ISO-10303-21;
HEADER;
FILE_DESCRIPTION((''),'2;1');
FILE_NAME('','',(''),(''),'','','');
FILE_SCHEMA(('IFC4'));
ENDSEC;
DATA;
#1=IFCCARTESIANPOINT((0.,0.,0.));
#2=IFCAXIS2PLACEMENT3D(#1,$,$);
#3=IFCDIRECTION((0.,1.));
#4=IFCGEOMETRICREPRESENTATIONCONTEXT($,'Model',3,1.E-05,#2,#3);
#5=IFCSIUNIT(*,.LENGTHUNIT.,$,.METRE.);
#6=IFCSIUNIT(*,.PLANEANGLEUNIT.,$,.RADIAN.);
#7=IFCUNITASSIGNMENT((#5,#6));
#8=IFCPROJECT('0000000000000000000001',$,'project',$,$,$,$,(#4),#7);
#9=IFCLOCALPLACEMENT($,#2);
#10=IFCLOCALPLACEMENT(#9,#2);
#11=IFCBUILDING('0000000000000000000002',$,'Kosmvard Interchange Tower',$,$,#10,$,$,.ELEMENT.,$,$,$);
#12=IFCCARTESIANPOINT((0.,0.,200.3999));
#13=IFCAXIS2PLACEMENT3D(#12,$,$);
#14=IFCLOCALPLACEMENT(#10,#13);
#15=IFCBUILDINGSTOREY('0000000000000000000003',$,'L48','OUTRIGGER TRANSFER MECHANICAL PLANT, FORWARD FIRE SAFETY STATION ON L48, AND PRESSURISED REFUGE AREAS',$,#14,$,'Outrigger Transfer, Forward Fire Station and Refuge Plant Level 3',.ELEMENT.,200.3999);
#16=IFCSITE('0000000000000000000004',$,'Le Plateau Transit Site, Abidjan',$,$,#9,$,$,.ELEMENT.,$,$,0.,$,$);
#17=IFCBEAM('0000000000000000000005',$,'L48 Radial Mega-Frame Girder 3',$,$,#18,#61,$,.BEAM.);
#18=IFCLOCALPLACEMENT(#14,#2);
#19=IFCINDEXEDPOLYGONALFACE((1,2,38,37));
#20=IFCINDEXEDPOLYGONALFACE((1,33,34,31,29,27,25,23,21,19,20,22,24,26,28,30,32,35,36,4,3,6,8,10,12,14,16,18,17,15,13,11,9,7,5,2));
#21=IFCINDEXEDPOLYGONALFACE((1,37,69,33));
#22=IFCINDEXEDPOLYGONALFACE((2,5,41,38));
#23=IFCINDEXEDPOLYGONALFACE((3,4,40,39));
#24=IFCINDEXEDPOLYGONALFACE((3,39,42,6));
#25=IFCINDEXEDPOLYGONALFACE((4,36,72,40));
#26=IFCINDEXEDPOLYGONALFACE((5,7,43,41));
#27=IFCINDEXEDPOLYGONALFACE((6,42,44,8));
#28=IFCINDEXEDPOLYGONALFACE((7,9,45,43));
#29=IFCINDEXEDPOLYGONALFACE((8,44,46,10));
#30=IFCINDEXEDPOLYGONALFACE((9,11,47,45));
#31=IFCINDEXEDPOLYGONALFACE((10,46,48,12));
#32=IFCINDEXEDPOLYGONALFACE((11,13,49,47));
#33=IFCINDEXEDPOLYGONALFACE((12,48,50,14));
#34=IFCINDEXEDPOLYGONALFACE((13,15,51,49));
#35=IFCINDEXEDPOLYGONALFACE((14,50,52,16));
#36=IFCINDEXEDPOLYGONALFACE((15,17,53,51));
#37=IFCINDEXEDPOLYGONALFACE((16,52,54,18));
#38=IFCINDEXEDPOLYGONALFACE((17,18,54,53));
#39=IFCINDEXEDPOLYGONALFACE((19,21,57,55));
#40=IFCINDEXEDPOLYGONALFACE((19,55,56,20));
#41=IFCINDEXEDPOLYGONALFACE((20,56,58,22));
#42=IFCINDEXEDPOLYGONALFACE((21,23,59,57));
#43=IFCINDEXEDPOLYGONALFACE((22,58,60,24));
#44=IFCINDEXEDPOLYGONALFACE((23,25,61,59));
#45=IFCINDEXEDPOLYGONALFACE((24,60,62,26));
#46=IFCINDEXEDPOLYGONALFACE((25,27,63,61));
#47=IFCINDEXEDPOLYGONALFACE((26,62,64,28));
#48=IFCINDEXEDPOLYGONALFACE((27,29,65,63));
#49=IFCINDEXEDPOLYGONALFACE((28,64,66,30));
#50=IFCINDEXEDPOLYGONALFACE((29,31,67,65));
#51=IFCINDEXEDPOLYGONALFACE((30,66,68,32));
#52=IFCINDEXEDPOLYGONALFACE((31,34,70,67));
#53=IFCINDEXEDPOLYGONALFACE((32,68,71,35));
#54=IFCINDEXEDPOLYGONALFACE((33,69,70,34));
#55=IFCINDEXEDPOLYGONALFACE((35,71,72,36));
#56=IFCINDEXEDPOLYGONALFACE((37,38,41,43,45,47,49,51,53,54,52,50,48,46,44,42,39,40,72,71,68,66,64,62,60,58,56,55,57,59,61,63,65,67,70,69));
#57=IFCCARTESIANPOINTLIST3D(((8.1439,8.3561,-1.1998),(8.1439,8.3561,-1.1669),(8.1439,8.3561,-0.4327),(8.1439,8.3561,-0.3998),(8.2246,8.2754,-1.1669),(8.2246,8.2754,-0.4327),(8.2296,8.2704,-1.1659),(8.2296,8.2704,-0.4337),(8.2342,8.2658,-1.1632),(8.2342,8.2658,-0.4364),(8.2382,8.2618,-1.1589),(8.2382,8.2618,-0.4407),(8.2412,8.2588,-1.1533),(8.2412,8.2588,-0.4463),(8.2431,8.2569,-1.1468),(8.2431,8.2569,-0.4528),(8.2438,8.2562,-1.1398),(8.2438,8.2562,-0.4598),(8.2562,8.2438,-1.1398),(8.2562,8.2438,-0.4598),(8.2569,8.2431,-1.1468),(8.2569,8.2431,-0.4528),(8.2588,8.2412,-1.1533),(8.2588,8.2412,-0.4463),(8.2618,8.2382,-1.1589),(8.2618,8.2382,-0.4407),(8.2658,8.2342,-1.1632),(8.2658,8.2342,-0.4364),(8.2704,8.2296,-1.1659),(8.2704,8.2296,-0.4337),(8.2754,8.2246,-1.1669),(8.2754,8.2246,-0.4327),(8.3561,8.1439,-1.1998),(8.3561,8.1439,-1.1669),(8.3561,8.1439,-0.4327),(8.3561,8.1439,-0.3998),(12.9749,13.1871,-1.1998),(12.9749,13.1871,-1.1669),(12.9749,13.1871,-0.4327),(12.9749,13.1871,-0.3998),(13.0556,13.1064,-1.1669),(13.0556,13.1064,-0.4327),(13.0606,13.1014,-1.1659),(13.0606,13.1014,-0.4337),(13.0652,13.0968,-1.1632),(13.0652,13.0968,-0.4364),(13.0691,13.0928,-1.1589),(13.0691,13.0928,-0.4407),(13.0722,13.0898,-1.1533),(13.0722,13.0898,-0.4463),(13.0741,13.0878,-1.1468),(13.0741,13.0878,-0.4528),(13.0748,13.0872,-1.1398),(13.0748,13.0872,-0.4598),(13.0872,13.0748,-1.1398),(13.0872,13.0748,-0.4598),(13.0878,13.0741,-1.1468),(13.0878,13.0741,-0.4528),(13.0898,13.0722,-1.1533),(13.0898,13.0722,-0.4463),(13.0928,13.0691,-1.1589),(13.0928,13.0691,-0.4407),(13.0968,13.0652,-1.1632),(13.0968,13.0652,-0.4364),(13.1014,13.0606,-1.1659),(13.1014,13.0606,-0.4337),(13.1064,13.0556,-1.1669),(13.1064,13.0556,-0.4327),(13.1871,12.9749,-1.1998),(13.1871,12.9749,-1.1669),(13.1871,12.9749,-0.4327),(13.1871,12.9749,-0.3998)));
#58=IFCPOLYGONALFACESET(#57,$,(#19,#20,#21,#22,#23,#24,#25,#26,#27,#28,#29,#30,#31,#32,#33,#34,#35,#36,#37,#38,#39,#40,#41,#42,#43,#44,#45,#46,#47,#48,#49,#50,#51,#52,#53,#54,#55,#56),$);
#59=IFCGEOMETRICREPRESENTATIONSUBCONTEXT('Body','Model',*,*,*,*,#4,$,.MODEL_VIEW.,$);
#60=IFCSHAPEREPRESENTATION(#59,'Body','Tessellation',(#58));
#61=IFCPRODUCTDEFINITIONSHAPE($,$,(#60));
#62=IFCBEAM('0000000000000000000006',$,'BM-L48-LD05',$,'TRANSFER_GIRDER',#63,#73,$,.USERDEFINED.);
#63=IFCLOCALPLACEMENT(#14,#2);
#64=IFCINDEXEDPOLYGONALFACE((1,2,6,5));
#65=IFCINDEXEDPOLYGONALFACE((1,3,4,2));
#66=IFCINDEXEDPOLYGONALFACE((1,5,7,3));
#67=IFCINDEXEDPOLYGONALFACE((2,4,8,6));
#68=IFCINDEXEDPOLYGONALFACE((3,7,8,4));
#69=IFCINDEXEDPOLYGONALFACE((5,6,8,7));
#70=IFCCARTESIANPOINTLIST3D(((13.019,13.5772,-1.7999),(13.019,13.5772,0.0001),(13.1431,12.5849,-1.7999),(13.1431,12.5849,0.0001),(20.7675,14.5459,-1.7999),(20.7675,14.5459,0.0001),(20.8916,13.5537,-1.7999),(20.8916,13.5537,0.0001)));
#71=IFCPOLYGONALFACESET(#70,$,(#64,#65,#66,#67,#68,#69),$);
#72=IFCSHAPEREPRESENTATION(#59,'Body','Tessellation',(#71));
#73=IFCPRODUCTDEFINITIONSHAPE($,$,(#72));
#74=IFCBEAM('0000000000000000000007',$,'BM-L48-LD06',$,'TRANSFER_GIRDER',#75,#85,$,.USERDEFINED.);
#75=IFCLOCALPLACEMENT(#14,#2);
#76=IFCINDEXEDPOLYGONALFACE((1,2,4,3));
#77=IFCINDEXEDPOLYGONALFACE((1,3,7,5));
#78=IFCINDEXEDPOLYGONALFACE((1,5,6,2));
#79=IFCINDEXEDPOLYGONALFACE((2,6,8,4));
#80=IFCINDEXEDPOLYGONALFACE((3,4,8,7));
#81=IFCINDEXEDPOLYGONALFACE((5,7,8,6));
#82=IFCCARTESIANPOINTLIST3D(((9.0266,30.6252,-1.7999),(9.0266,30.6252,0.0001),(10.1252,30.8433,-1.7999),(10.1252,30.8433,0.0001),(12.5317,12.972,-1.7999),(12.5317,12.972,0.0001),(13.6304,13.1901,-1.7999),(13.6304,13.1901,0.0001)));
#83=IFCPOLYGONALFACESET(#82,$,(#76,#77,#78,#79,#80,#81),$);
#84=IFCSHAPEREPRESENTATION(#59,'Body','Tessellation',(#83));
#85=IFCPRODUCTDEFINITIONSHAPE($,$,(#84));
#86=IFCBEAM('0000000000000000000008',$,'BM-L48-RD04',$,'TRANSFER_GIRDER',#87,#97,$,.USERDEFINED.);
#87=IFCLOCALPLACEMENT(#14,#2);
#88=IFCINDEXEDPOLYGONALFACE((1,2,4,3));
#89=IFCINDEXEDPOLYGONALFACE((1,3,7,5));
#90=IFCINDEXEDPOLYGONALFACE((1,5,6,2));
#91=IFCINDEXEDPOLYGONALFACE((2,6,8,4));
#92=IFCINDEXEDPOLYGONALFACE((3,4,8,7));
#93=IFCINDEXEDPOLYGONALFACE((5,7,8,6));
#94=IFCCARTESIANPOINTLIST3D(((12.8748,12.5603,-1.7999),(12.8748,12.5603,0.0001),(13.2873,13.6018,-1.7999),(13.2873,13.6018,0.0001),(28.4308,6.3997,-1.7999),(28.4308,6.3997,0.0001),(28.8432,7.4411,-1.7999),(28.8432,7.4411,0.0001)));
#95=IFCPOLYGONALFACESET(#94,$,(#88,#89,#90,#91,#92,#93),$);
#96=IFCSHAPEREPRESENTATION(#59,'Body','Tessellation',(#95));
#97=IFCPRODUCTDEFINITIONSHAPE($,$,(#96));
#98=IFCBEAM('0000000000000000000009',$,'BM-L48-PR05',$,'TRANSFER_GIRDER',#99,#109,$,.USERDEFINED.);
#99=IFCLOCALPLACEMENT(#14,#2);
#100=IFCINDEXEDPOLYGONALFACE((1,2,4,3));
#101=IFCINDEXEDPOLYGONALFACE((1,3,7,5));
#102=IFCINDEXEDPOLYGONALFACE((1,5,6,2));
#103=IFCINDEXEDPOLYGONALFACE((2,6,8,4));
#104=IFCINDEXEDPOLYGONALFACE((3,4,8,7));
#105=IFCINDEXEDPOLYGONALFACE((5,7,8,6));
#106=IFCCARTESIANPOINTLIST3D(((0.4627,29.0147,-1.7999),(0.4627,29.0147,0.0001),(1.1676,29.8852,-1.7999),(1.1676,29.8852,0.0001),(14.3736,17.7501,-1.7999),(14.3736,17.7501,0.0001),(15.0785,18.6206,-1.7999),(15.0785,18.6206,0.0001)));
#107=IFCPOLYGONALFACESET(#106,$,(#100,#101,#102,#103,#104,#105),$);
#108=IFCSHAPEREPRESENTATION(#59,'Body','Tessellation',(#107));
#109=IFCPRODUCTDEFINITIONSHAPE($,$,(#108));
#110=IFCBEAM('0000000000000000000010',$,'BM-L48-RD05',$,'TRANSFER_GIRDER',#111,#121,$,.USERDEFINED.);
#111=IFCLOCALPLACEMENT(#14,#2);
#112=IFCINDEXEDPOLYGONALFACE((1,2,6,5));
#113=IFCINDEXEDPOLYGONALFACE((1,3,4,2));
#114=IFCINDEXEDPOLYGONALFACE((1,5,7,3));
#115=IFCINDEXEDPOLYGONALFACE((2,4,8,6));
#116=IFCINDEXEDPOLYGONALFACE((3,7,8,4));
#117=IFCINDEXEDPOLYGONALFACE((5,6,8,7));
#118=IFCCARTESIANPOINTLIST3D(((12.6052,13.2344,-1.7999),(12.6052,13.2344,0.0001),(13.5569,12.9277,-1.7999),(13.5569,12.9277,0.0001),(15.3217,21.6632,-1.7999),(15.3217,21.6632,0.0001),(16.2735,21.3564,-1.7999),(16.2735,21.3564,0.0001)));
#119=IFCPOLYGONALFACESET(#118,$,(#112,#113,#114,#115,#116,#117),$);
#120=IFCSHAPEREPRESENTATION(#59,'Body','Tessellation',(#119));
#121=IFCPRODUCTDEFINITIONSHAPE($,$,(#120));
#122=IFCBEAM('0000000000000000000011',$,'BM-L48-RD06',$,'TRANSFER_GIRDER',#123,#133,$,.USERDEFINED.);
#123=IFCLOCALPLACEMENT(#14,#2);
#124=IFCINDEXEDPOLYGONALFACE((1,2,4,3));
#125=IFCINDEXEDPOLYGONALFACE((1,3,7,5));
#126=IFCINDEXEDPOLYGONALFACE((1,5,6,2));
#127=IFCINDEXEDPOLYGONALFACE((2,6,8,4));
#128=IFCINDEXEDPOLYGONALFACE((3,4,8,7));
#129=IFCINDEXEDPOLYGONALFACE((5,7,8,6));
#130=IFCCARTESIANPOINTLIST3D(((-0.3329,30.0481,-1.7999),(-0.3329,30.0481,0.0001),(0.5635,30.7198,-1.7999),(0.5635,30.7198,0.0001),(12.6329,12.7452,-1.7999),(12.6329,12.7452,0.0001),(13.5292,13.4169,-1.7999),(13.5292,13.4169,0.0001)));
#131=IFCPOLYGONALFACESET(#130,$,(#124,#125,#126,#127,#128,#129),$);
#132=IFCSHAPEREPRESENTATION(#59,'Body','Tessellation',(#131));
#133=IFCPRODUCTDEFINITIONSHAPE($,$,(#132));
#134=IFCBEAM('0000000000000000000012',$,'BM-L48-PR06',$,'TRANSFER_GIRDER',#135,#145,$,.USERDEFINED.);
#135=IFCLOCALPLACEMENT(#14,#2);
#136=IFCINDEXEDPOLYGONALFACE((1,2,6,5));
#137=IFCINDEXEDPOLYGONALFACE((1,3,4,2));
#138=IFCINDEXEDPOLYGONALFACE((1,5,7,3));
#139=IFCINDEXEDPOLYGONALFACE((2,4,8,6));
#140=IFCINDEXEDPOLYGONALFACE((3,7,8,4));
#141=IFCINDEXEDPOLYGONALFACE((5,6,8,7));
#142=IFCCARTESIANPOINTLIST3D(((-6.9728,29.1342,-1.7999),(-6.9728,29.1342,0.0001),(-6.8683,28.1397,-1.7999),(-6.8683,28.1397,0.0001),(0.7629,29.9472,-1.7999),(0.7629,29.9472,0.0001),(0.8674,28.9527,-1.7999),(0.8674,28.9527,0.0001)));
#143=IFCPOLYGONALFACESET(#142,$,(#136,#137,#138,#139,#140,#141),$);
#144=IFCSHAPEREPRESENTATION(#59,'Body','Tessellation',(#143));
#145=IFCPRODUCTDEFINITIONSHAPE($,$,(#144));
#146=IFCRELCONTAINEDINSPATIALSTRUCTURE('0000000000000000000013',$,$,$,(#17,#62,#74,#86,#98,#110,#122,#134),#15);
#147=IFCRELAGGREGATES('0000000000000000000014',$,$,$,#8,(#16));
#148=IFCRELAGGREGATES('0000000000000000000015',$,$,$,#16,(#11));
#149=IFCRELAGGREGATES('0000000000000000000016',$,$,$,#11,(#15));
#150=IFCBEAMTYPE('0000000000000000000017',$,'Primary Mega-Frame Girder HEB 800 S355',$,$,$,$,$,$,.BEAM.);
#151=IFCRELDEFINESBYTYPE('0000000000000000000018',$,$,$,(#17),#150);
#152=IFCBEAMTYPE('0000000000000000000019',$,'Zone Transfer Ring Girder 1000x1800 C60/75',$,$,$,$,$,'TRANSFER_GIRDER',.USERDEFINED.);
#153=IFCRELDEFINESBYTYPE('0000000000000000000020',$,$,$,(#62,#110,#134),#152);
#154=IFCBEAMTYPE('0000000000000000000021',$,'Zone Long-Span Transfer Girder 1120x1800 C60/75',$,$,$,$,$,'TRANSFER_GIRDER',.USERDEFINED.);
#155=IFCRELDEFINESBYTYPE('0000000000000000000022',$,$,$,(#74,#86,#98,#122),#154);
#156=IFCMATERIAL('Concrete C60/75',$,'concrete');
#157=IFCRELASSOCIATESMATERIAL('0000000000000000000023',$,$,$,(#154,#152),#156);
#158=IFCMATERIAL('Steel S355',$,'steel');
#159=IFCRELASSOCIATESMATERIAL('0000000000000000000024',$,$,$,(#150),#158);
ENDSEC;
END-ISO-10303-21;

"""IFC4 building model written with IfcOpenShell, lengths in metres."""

from ifc_helpers import new_model, si_unit, direction, frame, origin, origin_2d, place, context, subcontext, project, spatial, rectangle, i_section, extrude, source, transform, mapped, material, material_profile, profile_set, type_object, element, save


model = new_model("IFC4")

# Units and contexts
model_context = context("Model", 3, precision=1e-05, world=origin(), true_north=direction((0.0, 1.0)))
body_context = subcontext(model_context, "Body", "Model", "MODEL_VIEW")
ifc_project = project(units=[si_unit("LENGTHUNIT", "METRE"), si_unit("PLANEANGLEUNIT", "RADIAN")], contexts=[model_context])

# Site, building, storey
site_placement = place(None, origin())
site = spatial("IfcSite", under=ifc_project, at=site_placement, Name="Le Plateau Transit Site, Abidjan", CompositionType="ELEMENT", RefElevation=0.0)
building_placement = place(site_placement, origin())
building = spatial("IfcBuilding", under=site, at=building_placement, Name="Kosmvard Interchange Tower", CompositionType="ELEMENT")
storey_placement = place(building_placement, frame((0.0, 0.0, 200.3999)))
storey = spatial("IfcBuildingStorey", under=building, at=storey_placement, Name="L48", Description="OUTRIGGER TRANSFER MECHANICAL PLANT, FORWARD FIRE SAFETY STATION ON L48, AND PRESSURISED REFUGE AREAS", LongName="Outrigger Transfer, Forward Fire Station and Refuge Plant Level 3", CompositionType="ELEMENT", Elevation=200.3999)

# Shared definitions
ifc_material_1 = material(Name="Concrete C60/75", Category="concrete")

# Beams
ifc_material_profile_1 = material_profile(ifc_material_1, rectangle(XDim=1.1201, YDim=1.8, at=origin_2d()), Name="TG 1120x1800")
ifc_profile_set_1 = profile_set([ifc_material_profile_1], Name="Concrete C60/75")
beam_type_1 = type_object("IfcBeamType", Name="Zone Long-Span Transfer Girder 1120x1800 C60/75", ElementType="TRANSFER_GIRDER", PredefinedType="USERDEFINED", material=ifc_profile_set_1)
ifc_material_profile_2 = material_profile(ifc_material_1, rectangle(XDim=1.0, YDim=1.8, at=origin_2d()), Name="TG 1000x1800")
ifc_profile_set_2 = profile_set([ifc_material_profile_2], Name="Concrete C60/75")
beam_type_2 = type_object("IfcBeamType", Name="Zone Transfer Ring Girder 1000x1800 C60/75", ElementType="TRANSFER_GIRDER", PredefinedType="USERDEFINED", material=ifc_profile_set_2)
ifc_material_2 = material(Name="Steel S355", Category="steel")
ifc_material_profile_3 = material_profile(ifc_material_2, i_section(OverallWidth=0.3, OverallDepth=0.8, WebThickness=0.0176, FlangeThickness=0.033, FilletRadius=0.0271, at=origin_2d()), Name="HEB 800")
ifc_profile_set_3 = profile_set([ifc_material_profile_3], Name="Steel S355")
beam_type_3 = type_object("IfcBeamType", Name="Primary Mega-Frame Girder HEB 800 S355", PredefinedType="BEAM", material=ifc_profile_set_3)
shared_shape_1 = source(origin(), body_context, "Body", "SweptSolid", [
    extrude(i_section(OverallWidth=0.3, OverallDepth=0.8, WebThickness=0.0176, FlangeThickness=0.033, FilletRadius=0.0271, at=origin_2d()), origin(), (0.0, 0.0, 1.0), 6.832),
])
beam_1_placement = place(storey_placement, frame((8.25, 8.25, -0.7998), z_axis=(0.707107, 0.707107, 0.0), x_axis=(-0.707107, 0.707107, 0.0)))
element("IfcBeam", 1, at=beam_1_placement, inside=storey, type_object=beam_type_3, Name="L48 Radial Mega-Frame Girder 3", PredefinedType="BEAM", context=body_context, shape_type="MappedRepresentation", body=[
    mapped(shared_shape_1, transform((0.0, 0.0, 0.0), scale=1.0)),
])
shared_shape_2 = source(origin(), body_context, "Body", "SweptSolid", [
    extrude(rectangle(XDim=1.0, YDim=1.8, at=origin_2d()), origin(), (0.0, 0.0, 1.0), 7.8088),
])
beam_2_placement = place(storey_placement, frame((13.0811, 13.0811, -0.8999), z_axis=(0.992275, 0.124058, 0.0), x_axis=(-0.124058, 0.992275, 0.0)))
element("IfcBeam", 2, at=beam_2_placement, inside=storey, type_object=beam_type_2, Name="BM-L48-LD05", ObjectType="TRANSFER_GIRDER", PredefinedType="USERDEFINED", context=body_context, shape_type="MappedRepresentation", body=[
    mapped(shared_shape_2, transform((0.0, 0.0, 0.0), scale=1.0)),
])
shared_shape_3 = source(origin(), body_context, "Body", "SweptSolid", [
    extrude(rectangle(XDim=1.1201, YDim=1.8, at=origin_2d()), origin(), (0.0, 0.0, 1.0), 17.9978),
])
beam_3_placement = place(storey_placement, frame((13.0811, 13.0811, -0.8999), z_axis=(-0.194754, 0.980852, 0.0), x_axis=(-0.980852, -0.194754, 0.0)))
element("IfcBeam", 3, at=beam_3_placement, inside=storey, type_object=beam_type_1, Name="BM-L48-LD06", ObjectType="TRANSFER_GIRDER", PredefinedType="USERDEFINED", context=body_context, shape_type="MappedRepresentation", body=[
    mapped(shared_shape_3, transform((0.0, 0.0, 0.0), scale=1.0)),
])
shared_shape_4 = source(origin(), body_context, "Body", "SweptSolid", [
    extrude(rectangle(XDim=1.1201, YDim=1.8, at=origin_2d()), origin(), (0.0, 0.0, 1.0), 16.7314),
])
beam_4_placement = place(storey_placement, frame((13.0811, 13.0811, -0.8999), z_axis=(0.929743, -0.368209, 0.0), x_axis=(0.368209, 0.929743, 0.0)))
element("IfcBeam", 4, at=beam_4_placement, inside=storey, type_object=beam_type_1, Name="BM-L48-RD04", ObjectType="TRANSFER_GIRDER", PredefinedType="USERDEFINED", context=body_context, shape_type="MappedRepresentation", body=[
    mapped(shared_shape_4, transform((0.0, 0.0, 0.0), scale=1.0)),
])
shared_shape_5 = source(origin(), body_context, "Body", "SweptSolid", [
    extrude(rectangle(XDim=1.1201, YDim=1.8, at=origin_2d()), origin(), (0.0, 0.0, 1.0), 17.8999),
])
beam_5_placement = place(storey_placement, frame((14.7261, 18.1853, -0.8999), z_axis=(-0.777151, 0.629315, 0.0), x_axis=(-0.629315, -0.777151, 0.0)))
element("IfcBeam", 5, at=beam_5_placement, inside=storey, type_object=beam_type_1, Name="BM-L48-PR05", ObjectType="TRANSFER_GIRDER", PredefinedType="USERDEFINED", context=body_context, shape_type="MappedRepresentation", body=[
    mapped(shared_shape_5, transform((0.0, 0.0, 0.0), scale=1.0)),
])
shared_shape_6 = source(origin(), body_context, "Body", "SweptSolid", [
    extrude(rectangle(XDim=1.0, YDim=1.8, at=origin_2d()), origin(), (0.0, 0.0, 1.0), 8.8557),
])
beam_6_placement = place(storey_placement, frame((13.0811, 13.0811, -0.8999), z_axis=(0.306759, 0.951787, 0.0), x_axis=(-0.951787, 0.306759, 0.0)))
element("IfcBeam", 6, at=beam_6_placement, inside=storey, type_object=beam_type_2, Name="BM-L48-RD05", ObjectType="TRANSFER_GIRDER", PredefinedType="USERDEFINED", context=body_context, shape_type="MappedRepresentation", body=[
    mapped(shared_shape_6, transform((0.0, 0.0, 0.0), scale=1.0)),
])
shared_shape_7 = source(origin(), body_context, "Body", "SweptSolid", [
    extrude(rectangle(XDim=1.1201, YDim=1.8, at=origin_2d()), origin(), (0.0, 0.0, 1.0), 21.6218),
])
beam_7_placement = place(storey_placement, frame((13.0811, 13.0811, -0.8999), z_axis=(-0.599662, 0.800253, 0.0), x_axis=(-0.800253, -0.599662, 0.0)))
element("IfcBeam", 7, at=beam_7_placement, inside=storey, type_object=beam_type_1, Name="BM-L48-RD06", ObjectType="TRANSFER_GIRDER", PredefinedType="USERDEFINED", context=body_context, shape_type="MappedRepresentation", body=[
    mapped(shared_shape_7, transform((0.0, 0.0, 0.0), scale=1.0)),
])
shared_shape_8 = source(origin(), body_context, "Body", "SweptSolid", [
    extrude(rectangle(XDim=1.0, YDim=1.8, at=origin_2d()), origin(), (0.0, 0.0, 1.0), 7.7783),
])
beam_8_placement = place(storey_placement, frame((0.8152, 29.45, -0.8999), z_axis=(-0.994523, -0.104521, 0.0), x_axis=(0.104521, -0.994523, 0.0)))
element("IfcBeam", 8, at=beam_8_placement, inside=storey, type_object=beam_type_2, Name="BM-L48-PR06", ObjectType="TRANSFER_GIRDER", PredefinedType="USERDEFINED", context=body_context, shape_type="MappedRepresentation", body=[
    mapped(shared_shape_8, transform((0.0, 0.0, 0.0), scale=1.0)),
])

save(model, "model.ifc")
